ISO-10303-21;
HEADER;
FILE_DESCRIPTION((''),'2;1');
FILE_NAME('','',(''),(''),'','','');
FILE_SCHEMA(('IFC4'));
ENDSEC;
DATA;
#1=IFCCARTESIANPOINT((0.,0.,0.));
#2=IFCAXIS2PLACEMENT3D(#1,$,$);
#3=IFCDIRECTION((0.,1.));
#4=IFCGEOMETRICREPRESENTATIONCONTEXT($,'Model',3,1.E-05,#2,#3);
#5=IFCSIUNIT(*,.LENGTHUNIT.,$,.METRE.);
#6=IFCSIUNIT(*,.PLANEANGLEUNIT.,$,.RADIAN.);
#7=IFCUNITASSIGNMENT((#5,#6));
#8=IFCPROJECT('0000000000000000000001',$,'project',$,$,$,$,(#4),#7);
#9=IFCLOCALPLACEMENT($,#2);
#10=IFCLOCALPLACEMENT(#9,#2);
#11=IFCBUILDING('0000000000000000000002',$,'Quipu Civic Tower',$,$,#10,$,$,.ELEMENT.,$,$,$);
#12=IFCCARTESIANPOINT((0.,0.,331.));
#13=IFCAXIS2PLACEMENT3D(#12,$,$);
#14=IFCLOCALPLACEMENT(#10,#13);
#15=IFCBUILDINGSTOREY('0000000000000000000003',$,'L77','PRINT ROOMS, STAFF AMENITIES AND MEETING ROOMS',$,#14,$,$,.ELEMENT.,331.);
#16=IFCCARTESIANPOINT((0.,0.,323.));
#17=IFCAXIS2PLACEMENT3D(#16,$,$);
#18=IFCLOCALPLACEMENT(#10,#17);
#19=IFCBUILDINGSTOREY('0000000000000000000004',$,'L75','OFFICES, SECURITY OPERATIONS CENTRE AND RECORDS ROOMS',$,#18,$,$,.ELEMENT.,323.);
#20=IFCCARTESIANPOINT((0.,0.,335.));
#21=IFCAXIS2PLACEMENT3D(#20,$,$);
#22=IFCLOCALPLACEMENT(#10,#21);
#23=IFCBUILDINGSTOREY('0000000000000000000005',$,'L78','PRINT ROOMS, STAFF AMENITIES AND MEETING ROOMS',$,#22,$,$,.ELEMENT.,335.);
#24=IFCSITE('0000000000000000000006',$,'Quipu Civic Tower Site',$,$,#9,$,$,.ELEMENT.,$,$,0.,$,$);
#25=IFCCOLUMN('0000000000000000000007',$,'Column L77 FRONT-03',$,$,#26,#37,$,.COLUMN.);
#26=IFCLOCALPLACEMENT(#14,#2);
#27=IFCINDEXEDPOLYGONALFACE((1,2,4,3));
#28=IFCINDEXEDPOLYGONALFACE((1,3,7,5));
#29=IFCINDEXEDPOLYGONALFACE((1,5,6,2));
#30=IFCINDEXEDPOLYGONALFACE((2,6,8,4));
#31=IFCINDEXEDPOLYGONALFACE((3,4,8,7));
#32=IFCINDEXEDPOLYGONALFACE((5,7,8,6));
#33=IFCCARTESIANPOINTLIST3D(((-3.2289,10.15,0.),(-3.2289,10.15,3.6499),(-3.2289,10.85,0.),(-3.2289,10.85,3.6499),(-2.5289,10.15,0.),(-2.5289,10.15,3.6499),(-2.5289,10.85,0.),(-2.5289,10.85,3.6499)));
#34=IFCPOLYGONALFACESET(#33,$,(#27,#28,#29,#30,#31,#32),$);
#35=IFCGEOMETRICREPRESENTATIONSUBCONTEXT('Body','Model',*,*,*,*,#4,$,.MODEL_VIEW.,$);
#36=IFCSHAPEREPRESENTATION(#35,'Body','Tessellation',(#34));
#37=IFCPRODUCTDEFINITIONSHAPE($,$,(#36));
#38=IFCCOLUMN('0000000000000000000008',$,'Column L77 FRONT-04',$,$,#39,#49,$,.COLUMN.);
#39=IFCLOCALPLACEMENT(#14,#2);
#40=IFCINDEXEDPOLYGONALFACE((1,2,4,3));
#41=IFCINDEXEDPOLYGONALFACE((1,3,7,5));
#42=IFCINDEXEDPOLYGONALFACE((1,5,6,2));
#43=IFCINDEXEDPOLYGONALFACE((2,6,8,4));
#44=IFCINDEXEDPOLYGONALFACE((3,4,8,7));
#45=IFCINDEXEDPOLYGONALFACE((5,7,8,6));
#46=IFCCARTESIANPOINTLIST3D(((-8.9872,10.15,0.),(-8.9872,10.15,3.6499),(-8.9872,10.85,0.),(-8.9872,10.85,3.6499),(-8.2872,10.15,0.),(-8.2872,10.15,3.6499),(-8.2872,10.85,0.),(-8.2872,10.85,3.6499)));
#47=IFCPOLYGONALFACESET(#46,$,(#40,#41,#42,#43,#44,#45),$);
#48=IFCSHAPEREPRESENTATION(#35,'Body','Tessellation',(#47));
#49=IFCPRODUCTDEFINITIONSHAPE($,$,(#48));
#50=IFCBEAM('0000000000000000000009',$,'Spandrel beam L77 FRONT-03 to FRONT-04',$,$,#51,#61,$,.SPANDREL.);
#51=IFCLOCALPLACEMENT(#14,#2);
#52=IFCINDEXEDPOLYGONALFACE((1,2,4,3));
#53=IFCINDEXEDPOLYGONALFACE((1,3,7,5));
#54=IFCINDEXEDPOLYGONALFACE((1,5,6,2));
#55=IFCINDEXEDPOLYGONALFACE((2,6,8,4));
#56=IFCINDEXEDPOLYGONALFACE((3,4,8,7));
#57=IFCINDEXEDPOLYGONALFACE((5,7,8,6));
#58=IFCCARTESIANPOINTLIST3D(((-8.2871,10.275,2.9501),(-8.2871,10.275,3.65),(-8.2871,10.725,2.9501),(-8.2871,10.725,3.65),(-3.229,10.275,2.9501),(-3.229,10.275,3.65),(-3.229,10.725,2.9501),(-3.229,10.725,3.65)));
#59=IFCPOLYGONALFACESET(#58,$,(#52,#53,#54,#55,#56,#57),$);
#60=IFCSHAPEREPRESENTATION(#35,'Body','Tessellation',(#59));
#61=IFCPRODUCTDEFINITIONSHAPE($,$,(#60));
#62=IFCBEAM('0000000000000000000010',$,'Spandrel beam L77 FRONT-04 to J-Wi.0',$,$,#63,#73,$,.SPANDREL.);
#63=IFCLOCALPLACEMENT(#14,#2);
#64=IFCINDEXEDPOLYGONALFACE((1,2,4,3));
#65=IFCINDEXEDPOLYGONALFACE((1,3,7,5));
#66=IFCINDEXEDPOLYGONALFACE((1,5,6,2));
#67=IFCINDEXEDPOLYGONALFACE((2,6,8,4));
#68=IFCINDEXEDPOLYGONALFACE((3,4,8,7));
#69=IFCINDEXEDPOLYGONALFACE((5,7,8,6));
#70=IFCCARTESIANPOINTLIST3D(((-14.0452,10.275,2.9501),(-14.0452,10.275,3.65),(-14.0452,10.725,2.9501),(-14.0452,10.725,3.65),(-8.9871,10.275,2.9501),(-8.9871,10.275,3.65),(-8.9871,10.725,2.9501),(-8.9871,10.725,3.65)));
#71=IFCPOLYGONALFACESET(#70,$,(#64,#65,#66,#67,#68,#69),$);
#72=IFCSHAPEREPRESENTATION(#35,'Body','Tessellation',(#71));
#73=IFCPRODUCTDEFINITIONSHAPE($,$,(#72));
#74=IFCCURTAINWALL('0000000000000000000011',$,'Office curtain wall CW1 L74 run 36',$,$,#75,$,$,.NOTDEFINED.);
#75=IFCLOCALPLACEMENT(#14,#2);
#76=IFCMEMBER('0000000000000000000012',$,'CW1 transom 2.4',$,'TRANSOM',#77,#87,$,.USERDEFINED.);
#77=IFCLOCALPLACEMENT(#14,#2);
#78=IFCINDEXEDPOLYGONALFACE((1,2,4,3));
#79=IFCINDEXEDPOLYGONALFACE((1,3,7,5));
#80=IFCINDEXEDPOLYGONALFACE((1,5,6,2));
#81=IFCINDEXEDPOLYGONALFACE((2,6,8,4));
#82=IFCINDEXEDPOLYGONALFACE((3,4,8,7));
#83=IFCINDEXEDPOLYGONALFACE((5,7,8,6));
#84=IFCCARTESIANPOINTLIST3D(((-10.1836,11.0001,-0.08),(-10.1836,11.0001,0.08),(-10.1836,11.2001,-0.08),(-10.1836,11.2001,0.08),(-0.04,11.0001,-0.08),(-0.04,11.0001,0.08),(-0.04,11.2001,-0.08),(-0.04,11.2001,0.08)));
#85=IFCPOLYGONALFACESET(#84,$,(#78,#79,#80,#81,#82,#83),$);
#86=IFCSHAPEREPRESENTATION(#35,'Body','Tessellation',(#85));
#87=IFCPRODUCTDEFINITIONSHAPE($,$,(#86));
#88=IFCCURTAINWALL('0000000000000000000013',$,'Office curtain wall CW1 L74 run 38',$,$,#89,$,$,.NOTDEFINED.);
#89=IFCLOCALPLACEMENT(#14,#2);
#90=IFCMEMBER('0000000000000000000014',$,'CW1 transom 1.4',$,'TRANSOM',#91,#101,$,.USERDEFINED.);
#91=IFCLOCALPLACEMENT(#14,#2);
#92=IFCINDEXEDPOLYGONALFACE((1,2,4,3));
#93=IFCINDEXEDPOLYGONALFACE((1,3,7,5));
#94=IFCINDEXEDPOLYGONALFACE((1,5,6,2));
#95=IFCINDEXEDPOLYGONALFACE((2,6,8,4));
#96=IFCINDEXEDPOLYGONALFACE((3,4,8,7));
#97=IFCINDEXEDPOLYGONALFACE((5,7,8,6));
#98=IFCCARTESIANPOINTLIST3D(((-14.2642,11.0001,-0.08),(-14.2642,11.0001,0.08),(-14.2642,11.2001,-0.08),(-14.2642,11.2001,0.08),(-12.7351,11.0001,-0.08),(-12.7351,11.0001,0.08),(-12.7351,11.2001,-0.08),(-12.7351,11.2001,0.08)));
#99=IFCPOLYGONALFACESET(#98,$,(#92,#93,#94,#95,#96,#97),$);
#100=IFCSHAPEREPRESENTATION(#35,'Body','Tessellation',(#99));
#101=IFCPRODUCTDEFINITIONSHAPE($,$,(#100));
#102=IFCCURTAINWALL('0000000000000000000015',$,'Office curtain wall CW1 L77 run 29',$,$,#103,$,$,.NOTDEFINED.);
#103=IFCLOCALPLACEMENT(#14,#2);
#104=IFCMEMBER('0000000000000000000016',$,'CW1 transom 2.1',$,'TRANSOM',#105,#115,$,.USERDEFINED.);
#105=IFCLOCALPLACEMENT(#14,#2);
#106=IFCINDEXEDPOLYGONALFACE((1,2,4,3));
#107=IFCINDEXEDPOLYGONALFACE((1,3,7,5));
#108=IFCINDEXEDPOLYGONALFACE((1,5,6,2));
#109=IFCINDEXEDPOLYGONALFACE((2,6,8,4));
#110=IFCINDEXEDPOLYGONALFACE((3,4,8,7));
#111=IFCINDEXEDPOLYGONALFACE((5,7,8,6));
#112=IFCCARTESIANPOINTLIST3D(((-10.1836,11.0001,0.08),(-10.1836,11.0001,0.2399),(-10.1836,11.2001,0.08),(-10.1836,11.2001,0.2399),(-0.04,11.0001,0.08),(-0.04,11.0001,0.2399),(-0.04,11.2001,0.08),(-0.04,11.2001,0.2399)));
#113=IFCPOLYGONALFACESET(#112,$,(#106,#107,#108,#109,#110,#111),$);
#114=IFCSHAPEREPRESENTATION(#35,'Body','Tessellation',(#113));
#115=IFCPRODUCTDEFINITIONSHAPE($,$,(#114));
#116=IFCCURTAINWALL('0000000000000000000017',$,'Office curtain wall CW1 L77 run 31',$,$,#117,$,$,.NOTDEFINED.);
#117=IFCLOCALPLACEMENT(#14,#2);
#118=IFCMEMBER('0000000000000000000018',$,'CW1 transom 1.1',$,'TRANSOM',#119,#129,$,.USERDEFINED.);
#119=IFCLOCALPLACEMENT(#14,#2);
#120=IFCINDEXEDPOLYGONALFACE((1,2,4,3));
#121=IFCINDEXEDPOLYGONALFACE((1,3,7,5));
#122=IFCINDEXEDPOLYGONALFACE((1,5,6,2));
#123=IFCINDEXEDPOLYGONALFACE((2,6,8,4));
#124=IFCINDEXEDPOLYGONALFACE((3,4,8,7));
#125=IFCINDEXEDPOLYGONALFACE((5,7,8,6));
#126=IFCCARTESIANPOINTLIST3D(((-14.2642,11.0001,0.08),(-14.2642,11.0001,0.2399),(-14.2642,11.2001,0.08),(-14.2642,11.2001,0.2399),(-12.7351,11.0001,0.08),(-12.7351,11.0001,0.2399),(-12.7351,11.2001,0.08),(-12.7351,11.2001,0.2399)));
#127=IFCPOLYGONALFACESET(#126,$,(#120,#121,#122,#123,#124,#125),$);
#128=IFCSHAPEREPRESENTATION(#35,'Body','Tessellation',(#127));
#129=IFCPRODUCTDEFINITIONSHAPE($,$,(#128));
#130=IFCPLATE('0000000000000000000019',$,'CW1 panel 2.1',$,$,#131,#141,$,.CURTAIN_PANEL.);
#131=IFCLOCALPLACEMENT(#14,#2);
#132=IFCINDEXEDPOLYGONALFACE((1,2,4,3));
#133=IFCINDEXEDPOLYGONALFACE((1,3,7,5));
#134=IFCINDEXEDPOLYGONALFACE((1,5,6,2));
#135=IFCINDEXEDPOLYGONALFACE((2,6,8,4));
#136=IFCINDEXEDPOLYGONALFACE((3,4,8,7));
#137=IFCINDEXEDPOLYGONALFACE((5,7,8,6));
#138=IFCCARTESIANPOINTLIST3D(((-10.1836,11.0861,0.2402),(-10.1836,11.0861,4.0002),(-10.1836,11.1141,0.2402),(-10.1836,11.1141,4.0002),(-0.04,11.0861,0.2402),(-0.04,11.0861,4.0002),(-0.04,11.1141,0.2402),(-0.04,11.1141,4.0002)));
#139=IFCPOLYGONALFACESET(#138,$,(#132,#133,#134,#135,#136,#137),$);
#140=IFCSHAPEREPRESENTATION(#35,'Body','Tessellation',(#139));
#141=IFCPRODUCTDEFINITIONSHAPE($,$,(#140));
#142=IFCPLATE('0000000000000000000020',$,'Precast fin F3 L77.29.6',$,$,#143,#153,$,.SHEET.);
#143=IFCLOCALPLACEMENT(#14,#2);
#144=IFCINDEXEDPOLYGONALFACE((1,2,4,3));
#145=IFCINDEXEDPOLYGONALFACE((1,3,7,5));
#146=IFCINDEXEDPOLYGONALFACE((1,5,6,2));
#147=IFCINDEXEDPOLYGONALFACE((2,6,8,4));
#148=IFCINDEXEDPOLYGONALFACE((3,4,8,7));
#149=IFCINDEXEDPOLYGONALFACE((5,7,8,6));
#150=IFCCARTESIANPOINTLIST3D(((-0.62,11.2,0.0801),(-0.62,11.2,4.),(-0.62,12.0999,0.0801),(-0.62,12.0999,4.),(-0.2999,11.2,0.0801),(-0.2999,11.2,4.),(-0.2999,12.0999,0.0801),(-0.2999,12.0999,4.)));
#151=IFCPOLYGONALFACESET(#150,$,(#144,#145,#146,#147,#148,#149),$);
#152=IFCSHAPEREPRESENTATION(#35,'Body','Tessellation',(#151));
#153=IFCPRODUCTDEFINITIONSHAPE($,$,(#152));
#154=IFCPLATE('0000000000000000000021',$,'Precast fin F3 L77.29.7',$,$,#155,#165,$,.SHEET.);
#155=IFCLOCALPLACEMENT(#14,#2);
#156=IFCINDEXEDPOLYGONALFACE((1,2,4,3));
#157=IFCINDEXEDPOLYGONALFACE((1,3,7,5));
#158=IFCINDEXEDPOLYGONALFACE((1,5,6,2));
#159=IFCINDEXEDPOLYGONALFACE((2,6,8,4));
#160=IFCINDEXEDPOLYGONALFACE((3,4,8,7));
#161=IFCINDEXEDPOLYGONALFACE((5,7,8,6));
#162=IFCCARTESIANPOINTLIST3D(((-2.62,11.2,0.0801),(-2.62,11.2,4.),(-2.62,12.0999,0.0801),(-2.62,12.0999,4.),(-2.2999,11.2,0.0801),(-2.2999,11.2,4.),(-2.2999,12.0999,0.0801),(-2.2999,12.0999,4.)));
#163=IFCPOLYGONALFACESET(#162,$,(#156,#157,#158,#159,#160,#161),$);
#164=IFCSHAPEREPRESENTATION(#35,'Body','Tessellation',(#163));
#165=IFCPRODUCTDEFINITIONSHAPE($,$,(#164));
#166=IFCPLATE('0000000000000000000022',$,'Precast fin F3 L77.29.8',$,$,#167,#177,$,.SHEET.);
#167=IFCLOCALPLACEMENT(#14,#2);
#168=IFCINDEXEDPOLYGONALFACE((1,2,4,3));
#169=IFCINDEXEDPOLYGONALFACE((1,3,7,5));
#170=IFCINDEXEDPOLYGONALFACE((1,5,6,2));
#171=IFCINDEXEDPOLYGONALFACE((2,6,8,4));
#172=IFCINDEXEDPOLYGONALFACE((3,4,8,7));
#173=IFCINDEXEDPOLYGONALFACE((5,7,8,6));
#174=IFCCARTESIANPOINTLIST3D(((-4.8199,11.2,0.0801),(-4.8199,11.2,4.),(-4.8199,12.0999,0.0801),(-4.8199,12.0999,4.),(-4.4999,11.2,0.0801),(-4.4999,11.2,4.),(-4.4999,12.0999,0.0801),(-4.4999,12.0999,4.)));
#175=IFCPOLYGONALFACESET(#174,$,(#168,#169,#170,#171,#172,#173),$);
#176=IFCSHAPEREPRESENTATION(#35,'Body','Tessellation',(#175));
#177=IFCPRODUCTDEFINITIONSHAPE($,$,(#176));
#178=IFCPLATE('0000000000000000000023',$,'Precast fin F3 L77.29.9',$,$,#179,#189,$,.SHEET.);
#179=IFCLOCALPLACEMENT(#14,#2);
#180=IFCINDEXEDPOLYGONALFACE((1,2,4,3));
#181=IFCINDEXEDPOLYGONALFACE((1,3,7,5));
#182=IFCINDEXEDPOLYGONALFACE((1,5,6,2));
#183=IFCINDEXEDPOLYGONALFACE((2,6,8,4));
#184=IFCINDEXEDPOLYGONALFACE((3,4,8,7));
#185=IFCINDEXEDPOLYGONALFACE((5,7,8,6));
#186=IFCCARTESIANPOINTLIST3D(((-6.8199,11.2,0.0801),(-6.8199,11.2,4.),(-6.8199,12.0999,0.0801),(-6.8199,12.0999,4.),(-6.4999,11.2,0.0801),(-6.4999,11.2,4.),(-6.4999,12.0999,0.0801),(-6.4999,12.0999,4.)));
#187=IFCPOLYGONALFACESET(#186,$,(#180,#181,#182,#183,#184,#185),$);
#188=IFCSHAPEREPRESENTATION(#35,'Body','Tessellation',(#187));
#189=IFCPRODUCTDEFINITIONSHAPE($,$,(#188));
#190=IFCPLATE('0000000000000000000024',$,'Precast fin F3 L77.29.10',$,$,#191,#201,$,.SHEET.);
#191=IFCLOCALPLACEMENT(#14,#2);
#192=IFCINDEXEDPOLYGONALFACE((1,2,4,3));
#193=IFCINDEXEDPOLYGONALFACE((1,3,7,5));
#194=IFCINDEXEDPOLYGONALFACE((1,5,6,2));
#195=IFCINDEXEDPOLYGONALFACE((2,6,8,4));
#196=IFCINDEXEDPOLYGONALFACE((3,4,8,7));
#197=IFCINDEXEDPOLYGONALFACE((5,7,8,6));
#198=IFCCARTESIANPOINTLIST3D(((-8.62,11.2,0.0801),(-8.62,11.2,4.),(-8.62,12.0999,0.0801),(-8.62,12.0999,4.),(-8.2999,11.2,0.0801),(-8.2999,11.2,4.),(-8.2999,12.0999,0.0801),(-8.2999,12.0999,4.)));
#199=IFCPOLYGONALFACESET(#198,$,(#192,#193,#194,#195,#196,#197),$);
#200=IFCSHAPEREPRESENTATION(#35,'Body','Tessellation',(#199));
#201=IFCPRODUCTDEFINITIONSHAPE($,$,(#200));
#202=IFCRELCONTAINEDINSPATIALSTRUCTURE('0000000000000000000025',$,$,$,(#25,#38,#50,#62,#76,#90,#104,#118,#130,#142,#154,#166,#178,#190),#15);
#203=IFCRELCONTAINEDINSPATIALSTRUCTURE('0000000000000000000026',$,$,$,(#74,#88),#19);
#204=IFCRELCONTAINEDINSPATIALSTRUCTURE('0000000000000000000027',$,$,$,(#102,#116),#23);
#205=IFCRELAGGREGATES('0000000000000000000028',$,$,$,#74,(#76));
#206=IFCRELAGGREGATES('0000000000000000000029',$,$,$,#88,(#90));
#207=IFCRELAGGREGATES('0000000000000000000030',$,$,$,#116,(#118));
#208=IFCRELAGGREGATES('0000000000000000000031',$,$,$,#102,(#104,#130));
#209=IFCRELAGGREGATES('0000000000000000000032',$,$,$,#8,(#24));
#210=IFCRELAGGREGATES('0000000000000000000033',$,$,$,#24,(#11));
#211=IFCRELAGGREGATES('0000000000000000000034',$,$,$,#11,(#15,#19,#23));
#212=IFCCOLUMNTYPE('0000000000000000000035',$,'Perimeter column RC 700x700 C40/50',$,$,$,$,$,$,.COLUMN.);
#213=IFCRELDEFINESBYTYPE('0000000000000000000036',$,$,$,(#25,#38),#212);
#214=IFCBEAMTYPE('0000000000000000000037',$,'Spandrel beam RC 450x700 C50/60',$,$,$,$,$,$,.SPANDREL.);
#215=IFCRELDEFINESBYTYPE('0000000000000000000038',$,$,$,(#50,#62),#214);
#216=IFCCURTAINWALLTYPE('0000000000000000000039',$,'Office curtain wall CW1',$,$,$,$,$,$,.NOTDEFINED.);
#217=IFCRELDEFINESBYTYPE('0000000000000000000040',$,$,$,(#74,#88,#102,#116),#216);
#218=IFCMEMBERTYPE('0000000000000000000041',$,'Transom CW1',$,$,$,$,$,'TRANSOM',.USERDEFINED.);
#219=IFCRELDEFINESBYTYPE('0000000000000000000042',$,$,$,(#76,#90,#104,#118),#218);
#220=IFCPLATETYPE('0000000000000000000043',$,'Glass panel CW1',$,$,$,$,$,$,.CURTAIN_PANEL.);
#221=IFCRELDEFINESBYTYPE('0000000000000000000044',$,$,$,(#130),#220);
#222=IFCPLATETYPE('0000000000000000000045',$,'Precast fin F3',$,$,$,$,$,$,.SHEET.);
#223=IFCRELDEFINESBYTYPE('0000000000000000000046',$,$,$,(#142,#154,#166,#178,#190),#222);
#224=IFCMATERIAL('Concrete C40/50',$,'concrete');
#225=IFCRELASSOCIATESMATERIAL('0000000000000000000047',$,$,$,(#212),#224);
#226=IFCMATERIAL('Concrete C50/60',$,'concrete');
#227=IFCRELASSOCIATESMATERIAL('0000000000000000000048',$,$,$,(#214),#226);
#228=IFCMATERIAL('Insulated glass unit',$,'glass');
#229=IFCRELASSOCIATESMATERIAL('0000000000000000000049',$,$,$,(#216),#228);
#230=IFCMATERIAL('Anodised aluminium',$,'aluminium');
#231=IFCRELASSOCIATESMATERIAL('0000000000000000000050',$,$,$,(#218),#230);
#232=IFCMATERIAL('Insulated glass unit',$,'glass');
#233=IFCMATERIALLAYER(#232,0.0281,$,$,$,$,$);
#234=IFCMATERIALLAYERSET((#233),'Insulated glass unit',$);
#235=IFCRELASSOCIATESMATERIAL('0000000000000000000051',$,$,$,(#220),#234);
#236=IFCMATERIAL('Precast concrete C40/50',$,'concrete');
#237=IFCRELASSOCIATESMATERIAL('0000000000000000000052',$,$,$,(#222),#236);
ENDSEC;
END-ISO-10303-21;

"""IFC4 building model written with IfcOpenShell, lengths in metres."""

from ifc_helpers import new_model, si_unit, direction, frame, origin, origin_2d, place, context, subcontext, project, spatial, rectangle, extrude, material, layer, layer_set, material_profile, profile_set, type_object, element, aggregate, save


model = new_model("IFC4")

# Units and contexts
model_context = context("Model", 3, precision=1e-05, world=origin(), true_north=direction((0.0, 1.0)))
body_context = subcontext(model_context, "Body", "Model", "MODEL_VIEW")
ifc_project = project(units=[si_unit("LENGTHUNIT", "METRE"), si_unit("PLANEANGLEUNIT", "RADIAN")], contexts=[model_context])

# Site, building, storey
site_placement = place(None, origin())
site = spatial("IfcSite", under=ifc_project, at=site_placement, Name="Quipu Civic Tower Site", CompositionType="ELEMENT", RefElevation=0.0)
building_placement = place(site_placement, origin())
building = spatial("IfcBuilding", under=site, at=building_placement, Name="Quipu Civic Tower", CompositionType="ELEMENT")
storey_1_placement = place(building_placement, frame((0.0, 0.0, 331.0)))
storey_1 = spatial("IfcBuildingStorey", under=building, at=storey_1_placement, Name="L77", Description="PRINT ROOMS, STAFF AMENITIES AND MEETING ROOMS", CompositionType="ELEMENT", Elevation=331.0)

# Columns
ifc_material_1 = material(Name="Concrete C40/50", Category="concrete")
ifc_material_profile_1 = material_profile(ifc_material_1, rectangle(XDim=0.7, YDim=0.7, at=origin_2d()), Name="RC700x700")
ifc_profile_set_1 = profile_set([ifc_material_profile_1], Name="Concrete C40/50")
column_type = type_object("IfcColumnType", Name="Perimeter column RC 700x700 C40/50", PredefinedType="COLUMN", material=ifc_profile_set_1)
for number, where, z_axis, x_axis, name in (
    (1, (-2.8789, 10.5, 0.0), (0.0, 0.0, 1.0), (-1.0, 0.0, 0.0), "Column L77 FRONT-03"),
    (2, (-8.6372, 10.5, 0.0), (0.0, 0.0, 1.0), (-1.0, 0.0, 0.0), "Column L77 FRONT-04"),
):
    element("IfcColumn", number, at=place(storey_1_placement, frame(where, z_axis=z_axis, x_axis=x_axis)), inside=storey_1, type_object=column_type, Name=name, PredefinedType="COLUMN", context=body_context, shape_type="SweptSolid", body=[
        extrude(rectangle(XDim=0.7, YDim=0.7, at=origin_2d()), origin(), (0.0, 0.0, 1.0), 3.6499),
    ])

# Beams
ifc_material_2 = material(Name="Concrete C50/60", Category="concrete")
ifc_material_profile_2 = material_profile(ifc_material_2, rectangle(XDim=0.45, YDim=0.7, at=origin_2d()), Name="RC450x700")
ifc_profile_set_2 = profile_set([ifc_material_profile_2], Name="Concrete C50/60")
beam_type = type_object("IfcBeamType", Name="Spandrel beam RC 450x700 C50/60", PredefinedType="SPANDREL", material=ifc_profile_set_2)
for number, where, z_axis, x_axis, name in (
    (3, (-3.229, 10.5, 3.3), (-1.0, 0.0, 0.0), (0.0, -1.0, 0.0), "Spandrel beam L77 FRONT-03 to FRONT-04"),
    (4, (-8.9871, 10.5, 3.3), (-1.0, 0.0, 0.0), (0.0, -1.0, 0.0), "Spandrel beam L77 FRONT-04 to J-Wi.0"),
):
    element("IfcBeam", number, at=place(storey_1_placement, frame(where, z_axis=z_axis, x_axis=x_axis)), inside=storey_1, type_object=beam_type, Name=name, PredefinedType="SPANDREL", context=body_context, shape_type="SweptSolid", body=[
        extrude(rectangle(XDim=0.45, YDim=0.7, at=origin_2d()), origin(), (0.0, 0.0, 1.0), 5.0581),
    ])

# Shared definitions
storey_2_placement = place(building_placement, frame((0.0, 0.0, 323.0)))
storey_2 = spatial("IfcBuildingStorey", under=building, at=storey_2_placement, Name="L75", Description="OFFICES, SECURITY OPERATIONS CENTRE AND RECORDS ROOMS", CompositionType="ELEMENT", Elevation=323.0)

# Curtain walls, members
ifc_material_3 = material(Name="Insulated glass unit", Category="glass")
curtain_wall_type = type_object("IfcCurtainWallType", Name="Office curtain wall CW1", PredefinedType="NOTDEFINED", material=ifc_material_3)
curtain_wall_1_placement = place(storey_2_placement, origin())
curtain_wall_1 = element("IfcCurtainWall", 5, at=curtain_wall_1_placement, inside=storey_2, type_object=curtain_wall_type, Name="Office curtain wall CW1 L74 run 36", PredefinedType="NOTDEFINED")
ifc_material_4 = material(Name="Anodised aluminium", Category="aluminium")
ifc_material_profile_3 = material_profile(ifc_material_4, rectangle(XDim=0.2, YDim=0.1599, at=origin_2d()), Name="RECT 200x160")
ifc_profile_set_3 = profile_set([ifc_material_profile_3], Name="Anodised aluminium")
member_type = type_object("IfcMemberType", Name="Transom CW1", ElementType="TRANSOM", PredefinedType="USERDEFINED", material=ifc_profile_set_3)
member_1_placement = place(storey_1_placement, frame((-0.04, 11.1001, 0.0), z_axis=(-1.0, 0.0, 0.0), x_axis=(0.0, -1.0, 0.0)))
member_1 = element("IfcMember", 6, at=member_1_placement, inside=storey_1, type_object=member_type, Name="CW1 transom 2.4", ObjectType="TRANSOM", PredefinedType="USERDEFINED", context=body_context, shape_type="SweptSolid", body=[
    extrude(rectangle(XDim=0.2, YDim=0.1599, at=origin_2d()), origin(), (0.0, 0.0, 1.0), 10.1436),
])
aggregate(curtain_wall_1, [member_1])
curtain_wall_2_placement = place(storey_2_placement, origin())
curtain_wall_2 = element("IfcCurtainWall", 7, at=curtain_wall_2_placement, inside=storey_2, type_object=curtain_wall_type, Name="Office curtain wall CW1 L74 run 38", PredefinedType="NOTDEFINED")
member_2_placement = place(storey_1_placement, frame((-12.7351, 11.1001, 0.0), z_axis=(-1.0, 0.0, 0.0), x_axis=(0.0, -1.0, 0.0)))
member_2 = element("IfcMember", 8, at=member_2_placement, inside=storey_1, type_object=member_type, Name="CW1 transom 1.4", ObjectType="TRANSOM", PredefinedType="USERDEFINED", context=body_context, shape_type="SweptSolid", body=[
    extrude(rectangle(XDim=0.2, YDim=0.1599, at=origin_2d()), origin(), (0.0, 0.0, 1.0), 1.5291),
])
aggregate(curtain_wall_2, [member_2])

# Shared definitions
storey_3_placement = place(building_placement, frame((0.0, 0.0, 335.0)))
storey_3 = spatial("IfcBuildingStorey", under=building, at=storey_3_placement, Name="L78", Description="PRINT ROOMS, STAFF AMENITIES AND MEETING ROOMS", CompositionType="ELEMENT", Elevation=335.0)

# Curtain walls, members
curtain_wall_3_placement = place(storey_3_placement, origin())
curtain_wall_3 = element("IfcCurtainWall", 9, at=curtain_wall_3_placement, inside=storey_3, type_object=curtain_wall_type, Name="Office curtain wall CW1 L77 run 29", PredefinedType="NOTDEFINED")
member_3_placement = place(storey_1_placement, frame((-0.04, 11.1001, 0.1599), z_axis=(-1.0, 0.0, 0.0), x_axis=(0.0, -1.0, 0.0)))
member_3 = element("IfcMember", 10, at=member_3_placement, inside=storey_1, type_object=member_type, Name="CW1 transom 2.1", ObjectType="TRANSOM", PredefinedType="USERDEFINED", context=body_context, shape_type="SweptSolid", body=[
    extrude(rectangle(XDim=0.2, YDim=0.1599, at=origin_2d()), origin(), (0.0, 0.0, 1.0), 10.1436),
])
curtain_wall_4_placement = place(storey_3_placement, origin())
curtain_wall_4 = element("IfcCurtainWall", 11, at=curtain_wall_4_placement, inside=storey_3, type_object=curtain_wall_type, Name="Office curtain wall CW1 L77 run 31", PredefinedType="NOTDEFINED")
member_4_placement = place(storey_1_placement, frame((-12.7351, 11.1001, 0.1599), z_axis=(-1.0, 0.0, 0.0), x_axis=(0.0, -1.0, 0.0)))
member_4 = element("IfcMember", 12, at=member_4_placement, inside=storey_1, type_object=member_type, Name="CW1 transom 1.1", ObjectType="TRANSOM", PredefinedType="USERDEFINED", context=body_context, shape_type="SweptSolid", body=[
    extrude(rectangle(XDim=0.2, YDim=0.1599, at=origin_2d()), origin(), (0.0, 0.0, 1.0), 1.5291),
])
aggregate(curtain_wall_4, [member_4])

# Plate
ifc_material_5 = material(Name="Insulated glass unit", Category="glass")
ifc_layer_1 = layer(ifc_material_5, 0.0281)
ifc_layer_set_1 = layer_set([ifc_layer_1], Name="Insulated glass unit")
plate_type_1 = type_object("IfcPlateType", Name="Glass panel CW1", PredefinedType="CURTAIN_PANEL", material=ifc_layer_set_1)
plate_placement = place(storey_1_placement, frame((-5.1118, 11.1001, 0.2402), z_axis=(0.0, 0.0, 1.0), x_axis=(-1.0, 0.0, 0.0)))
plate = element("IfcPlate", 13, at=plate_placement, inside=storey_1, type_object=plate_type_1, Name="CW1 panel 2.1", PredefinedType="CURTAIN_PANEL", context=body_context, shape_type="SweptSolid", body=[
    extrude(rectangle(XDim=10.1436, YDim=0.0281, at=origin_2d()), origin(), (0.0, 0.0, 1.0), 3.76),
])
aggregate(curtain_wall_3, [member_3, plate])

# Plates
ifc_material_6 = material(Name="Precast concrete C40/50", Category="concrete")
plate_type_2 = type_object("IfcPlateType", Name="Precast fin F3", PredefinedType="SHEET", material=ifc_material_6)
for number, where, z_axis, x_axis, name in (
    (14, (-0.46, 11.6499, 0.0801), (0.0, 0.0, 1.0), (-1.0, 0.0, 0.0), "Precast fin F3 L77.29.6"),
    (15, (-2.46, 11.6499, 0.0801), (0.0, 0.0, 1.0), (-1.0, 0.0, 0.0), "Precast fin F3 L77.29.7"),
    (16, (-4.6599, 11.6499, 0.0801), (0.0, 0.0, 1.0), (-1.0, 0.0, 0.0), "Precast fin F3 L77.29.8"),
    (17, (-6.6599, 11.6499, 0.0801), (0.0, 0.0, 1.0), (-1.0, 0.0, 0.0), "Precast fin F3 L77.29.9"),
    (18, (-8.46, 11.6499, 0.0801), (0.0, 0.0, 1.0), (-1.0, 0.0, 0.0), "Precast fin F3 L77.29.10"),
):
    element("IfcPlate", number, at=place(storey_1_placement, frame(where, z_axis=z_axis, x_axis=x_axis)), inside=storey_1, type_object=plate_type_2, Name=name, PredefinedType="SHEET", context=body_context, shape_type="SweptSolid", body=[
        extrude(rectangle(XDim=0.3201, YDim=0.8999, at=origin_2d()), origin(), (0.0, 0.0, 1.0), 3.9199),
    ])

save(model, "model.ifc")
